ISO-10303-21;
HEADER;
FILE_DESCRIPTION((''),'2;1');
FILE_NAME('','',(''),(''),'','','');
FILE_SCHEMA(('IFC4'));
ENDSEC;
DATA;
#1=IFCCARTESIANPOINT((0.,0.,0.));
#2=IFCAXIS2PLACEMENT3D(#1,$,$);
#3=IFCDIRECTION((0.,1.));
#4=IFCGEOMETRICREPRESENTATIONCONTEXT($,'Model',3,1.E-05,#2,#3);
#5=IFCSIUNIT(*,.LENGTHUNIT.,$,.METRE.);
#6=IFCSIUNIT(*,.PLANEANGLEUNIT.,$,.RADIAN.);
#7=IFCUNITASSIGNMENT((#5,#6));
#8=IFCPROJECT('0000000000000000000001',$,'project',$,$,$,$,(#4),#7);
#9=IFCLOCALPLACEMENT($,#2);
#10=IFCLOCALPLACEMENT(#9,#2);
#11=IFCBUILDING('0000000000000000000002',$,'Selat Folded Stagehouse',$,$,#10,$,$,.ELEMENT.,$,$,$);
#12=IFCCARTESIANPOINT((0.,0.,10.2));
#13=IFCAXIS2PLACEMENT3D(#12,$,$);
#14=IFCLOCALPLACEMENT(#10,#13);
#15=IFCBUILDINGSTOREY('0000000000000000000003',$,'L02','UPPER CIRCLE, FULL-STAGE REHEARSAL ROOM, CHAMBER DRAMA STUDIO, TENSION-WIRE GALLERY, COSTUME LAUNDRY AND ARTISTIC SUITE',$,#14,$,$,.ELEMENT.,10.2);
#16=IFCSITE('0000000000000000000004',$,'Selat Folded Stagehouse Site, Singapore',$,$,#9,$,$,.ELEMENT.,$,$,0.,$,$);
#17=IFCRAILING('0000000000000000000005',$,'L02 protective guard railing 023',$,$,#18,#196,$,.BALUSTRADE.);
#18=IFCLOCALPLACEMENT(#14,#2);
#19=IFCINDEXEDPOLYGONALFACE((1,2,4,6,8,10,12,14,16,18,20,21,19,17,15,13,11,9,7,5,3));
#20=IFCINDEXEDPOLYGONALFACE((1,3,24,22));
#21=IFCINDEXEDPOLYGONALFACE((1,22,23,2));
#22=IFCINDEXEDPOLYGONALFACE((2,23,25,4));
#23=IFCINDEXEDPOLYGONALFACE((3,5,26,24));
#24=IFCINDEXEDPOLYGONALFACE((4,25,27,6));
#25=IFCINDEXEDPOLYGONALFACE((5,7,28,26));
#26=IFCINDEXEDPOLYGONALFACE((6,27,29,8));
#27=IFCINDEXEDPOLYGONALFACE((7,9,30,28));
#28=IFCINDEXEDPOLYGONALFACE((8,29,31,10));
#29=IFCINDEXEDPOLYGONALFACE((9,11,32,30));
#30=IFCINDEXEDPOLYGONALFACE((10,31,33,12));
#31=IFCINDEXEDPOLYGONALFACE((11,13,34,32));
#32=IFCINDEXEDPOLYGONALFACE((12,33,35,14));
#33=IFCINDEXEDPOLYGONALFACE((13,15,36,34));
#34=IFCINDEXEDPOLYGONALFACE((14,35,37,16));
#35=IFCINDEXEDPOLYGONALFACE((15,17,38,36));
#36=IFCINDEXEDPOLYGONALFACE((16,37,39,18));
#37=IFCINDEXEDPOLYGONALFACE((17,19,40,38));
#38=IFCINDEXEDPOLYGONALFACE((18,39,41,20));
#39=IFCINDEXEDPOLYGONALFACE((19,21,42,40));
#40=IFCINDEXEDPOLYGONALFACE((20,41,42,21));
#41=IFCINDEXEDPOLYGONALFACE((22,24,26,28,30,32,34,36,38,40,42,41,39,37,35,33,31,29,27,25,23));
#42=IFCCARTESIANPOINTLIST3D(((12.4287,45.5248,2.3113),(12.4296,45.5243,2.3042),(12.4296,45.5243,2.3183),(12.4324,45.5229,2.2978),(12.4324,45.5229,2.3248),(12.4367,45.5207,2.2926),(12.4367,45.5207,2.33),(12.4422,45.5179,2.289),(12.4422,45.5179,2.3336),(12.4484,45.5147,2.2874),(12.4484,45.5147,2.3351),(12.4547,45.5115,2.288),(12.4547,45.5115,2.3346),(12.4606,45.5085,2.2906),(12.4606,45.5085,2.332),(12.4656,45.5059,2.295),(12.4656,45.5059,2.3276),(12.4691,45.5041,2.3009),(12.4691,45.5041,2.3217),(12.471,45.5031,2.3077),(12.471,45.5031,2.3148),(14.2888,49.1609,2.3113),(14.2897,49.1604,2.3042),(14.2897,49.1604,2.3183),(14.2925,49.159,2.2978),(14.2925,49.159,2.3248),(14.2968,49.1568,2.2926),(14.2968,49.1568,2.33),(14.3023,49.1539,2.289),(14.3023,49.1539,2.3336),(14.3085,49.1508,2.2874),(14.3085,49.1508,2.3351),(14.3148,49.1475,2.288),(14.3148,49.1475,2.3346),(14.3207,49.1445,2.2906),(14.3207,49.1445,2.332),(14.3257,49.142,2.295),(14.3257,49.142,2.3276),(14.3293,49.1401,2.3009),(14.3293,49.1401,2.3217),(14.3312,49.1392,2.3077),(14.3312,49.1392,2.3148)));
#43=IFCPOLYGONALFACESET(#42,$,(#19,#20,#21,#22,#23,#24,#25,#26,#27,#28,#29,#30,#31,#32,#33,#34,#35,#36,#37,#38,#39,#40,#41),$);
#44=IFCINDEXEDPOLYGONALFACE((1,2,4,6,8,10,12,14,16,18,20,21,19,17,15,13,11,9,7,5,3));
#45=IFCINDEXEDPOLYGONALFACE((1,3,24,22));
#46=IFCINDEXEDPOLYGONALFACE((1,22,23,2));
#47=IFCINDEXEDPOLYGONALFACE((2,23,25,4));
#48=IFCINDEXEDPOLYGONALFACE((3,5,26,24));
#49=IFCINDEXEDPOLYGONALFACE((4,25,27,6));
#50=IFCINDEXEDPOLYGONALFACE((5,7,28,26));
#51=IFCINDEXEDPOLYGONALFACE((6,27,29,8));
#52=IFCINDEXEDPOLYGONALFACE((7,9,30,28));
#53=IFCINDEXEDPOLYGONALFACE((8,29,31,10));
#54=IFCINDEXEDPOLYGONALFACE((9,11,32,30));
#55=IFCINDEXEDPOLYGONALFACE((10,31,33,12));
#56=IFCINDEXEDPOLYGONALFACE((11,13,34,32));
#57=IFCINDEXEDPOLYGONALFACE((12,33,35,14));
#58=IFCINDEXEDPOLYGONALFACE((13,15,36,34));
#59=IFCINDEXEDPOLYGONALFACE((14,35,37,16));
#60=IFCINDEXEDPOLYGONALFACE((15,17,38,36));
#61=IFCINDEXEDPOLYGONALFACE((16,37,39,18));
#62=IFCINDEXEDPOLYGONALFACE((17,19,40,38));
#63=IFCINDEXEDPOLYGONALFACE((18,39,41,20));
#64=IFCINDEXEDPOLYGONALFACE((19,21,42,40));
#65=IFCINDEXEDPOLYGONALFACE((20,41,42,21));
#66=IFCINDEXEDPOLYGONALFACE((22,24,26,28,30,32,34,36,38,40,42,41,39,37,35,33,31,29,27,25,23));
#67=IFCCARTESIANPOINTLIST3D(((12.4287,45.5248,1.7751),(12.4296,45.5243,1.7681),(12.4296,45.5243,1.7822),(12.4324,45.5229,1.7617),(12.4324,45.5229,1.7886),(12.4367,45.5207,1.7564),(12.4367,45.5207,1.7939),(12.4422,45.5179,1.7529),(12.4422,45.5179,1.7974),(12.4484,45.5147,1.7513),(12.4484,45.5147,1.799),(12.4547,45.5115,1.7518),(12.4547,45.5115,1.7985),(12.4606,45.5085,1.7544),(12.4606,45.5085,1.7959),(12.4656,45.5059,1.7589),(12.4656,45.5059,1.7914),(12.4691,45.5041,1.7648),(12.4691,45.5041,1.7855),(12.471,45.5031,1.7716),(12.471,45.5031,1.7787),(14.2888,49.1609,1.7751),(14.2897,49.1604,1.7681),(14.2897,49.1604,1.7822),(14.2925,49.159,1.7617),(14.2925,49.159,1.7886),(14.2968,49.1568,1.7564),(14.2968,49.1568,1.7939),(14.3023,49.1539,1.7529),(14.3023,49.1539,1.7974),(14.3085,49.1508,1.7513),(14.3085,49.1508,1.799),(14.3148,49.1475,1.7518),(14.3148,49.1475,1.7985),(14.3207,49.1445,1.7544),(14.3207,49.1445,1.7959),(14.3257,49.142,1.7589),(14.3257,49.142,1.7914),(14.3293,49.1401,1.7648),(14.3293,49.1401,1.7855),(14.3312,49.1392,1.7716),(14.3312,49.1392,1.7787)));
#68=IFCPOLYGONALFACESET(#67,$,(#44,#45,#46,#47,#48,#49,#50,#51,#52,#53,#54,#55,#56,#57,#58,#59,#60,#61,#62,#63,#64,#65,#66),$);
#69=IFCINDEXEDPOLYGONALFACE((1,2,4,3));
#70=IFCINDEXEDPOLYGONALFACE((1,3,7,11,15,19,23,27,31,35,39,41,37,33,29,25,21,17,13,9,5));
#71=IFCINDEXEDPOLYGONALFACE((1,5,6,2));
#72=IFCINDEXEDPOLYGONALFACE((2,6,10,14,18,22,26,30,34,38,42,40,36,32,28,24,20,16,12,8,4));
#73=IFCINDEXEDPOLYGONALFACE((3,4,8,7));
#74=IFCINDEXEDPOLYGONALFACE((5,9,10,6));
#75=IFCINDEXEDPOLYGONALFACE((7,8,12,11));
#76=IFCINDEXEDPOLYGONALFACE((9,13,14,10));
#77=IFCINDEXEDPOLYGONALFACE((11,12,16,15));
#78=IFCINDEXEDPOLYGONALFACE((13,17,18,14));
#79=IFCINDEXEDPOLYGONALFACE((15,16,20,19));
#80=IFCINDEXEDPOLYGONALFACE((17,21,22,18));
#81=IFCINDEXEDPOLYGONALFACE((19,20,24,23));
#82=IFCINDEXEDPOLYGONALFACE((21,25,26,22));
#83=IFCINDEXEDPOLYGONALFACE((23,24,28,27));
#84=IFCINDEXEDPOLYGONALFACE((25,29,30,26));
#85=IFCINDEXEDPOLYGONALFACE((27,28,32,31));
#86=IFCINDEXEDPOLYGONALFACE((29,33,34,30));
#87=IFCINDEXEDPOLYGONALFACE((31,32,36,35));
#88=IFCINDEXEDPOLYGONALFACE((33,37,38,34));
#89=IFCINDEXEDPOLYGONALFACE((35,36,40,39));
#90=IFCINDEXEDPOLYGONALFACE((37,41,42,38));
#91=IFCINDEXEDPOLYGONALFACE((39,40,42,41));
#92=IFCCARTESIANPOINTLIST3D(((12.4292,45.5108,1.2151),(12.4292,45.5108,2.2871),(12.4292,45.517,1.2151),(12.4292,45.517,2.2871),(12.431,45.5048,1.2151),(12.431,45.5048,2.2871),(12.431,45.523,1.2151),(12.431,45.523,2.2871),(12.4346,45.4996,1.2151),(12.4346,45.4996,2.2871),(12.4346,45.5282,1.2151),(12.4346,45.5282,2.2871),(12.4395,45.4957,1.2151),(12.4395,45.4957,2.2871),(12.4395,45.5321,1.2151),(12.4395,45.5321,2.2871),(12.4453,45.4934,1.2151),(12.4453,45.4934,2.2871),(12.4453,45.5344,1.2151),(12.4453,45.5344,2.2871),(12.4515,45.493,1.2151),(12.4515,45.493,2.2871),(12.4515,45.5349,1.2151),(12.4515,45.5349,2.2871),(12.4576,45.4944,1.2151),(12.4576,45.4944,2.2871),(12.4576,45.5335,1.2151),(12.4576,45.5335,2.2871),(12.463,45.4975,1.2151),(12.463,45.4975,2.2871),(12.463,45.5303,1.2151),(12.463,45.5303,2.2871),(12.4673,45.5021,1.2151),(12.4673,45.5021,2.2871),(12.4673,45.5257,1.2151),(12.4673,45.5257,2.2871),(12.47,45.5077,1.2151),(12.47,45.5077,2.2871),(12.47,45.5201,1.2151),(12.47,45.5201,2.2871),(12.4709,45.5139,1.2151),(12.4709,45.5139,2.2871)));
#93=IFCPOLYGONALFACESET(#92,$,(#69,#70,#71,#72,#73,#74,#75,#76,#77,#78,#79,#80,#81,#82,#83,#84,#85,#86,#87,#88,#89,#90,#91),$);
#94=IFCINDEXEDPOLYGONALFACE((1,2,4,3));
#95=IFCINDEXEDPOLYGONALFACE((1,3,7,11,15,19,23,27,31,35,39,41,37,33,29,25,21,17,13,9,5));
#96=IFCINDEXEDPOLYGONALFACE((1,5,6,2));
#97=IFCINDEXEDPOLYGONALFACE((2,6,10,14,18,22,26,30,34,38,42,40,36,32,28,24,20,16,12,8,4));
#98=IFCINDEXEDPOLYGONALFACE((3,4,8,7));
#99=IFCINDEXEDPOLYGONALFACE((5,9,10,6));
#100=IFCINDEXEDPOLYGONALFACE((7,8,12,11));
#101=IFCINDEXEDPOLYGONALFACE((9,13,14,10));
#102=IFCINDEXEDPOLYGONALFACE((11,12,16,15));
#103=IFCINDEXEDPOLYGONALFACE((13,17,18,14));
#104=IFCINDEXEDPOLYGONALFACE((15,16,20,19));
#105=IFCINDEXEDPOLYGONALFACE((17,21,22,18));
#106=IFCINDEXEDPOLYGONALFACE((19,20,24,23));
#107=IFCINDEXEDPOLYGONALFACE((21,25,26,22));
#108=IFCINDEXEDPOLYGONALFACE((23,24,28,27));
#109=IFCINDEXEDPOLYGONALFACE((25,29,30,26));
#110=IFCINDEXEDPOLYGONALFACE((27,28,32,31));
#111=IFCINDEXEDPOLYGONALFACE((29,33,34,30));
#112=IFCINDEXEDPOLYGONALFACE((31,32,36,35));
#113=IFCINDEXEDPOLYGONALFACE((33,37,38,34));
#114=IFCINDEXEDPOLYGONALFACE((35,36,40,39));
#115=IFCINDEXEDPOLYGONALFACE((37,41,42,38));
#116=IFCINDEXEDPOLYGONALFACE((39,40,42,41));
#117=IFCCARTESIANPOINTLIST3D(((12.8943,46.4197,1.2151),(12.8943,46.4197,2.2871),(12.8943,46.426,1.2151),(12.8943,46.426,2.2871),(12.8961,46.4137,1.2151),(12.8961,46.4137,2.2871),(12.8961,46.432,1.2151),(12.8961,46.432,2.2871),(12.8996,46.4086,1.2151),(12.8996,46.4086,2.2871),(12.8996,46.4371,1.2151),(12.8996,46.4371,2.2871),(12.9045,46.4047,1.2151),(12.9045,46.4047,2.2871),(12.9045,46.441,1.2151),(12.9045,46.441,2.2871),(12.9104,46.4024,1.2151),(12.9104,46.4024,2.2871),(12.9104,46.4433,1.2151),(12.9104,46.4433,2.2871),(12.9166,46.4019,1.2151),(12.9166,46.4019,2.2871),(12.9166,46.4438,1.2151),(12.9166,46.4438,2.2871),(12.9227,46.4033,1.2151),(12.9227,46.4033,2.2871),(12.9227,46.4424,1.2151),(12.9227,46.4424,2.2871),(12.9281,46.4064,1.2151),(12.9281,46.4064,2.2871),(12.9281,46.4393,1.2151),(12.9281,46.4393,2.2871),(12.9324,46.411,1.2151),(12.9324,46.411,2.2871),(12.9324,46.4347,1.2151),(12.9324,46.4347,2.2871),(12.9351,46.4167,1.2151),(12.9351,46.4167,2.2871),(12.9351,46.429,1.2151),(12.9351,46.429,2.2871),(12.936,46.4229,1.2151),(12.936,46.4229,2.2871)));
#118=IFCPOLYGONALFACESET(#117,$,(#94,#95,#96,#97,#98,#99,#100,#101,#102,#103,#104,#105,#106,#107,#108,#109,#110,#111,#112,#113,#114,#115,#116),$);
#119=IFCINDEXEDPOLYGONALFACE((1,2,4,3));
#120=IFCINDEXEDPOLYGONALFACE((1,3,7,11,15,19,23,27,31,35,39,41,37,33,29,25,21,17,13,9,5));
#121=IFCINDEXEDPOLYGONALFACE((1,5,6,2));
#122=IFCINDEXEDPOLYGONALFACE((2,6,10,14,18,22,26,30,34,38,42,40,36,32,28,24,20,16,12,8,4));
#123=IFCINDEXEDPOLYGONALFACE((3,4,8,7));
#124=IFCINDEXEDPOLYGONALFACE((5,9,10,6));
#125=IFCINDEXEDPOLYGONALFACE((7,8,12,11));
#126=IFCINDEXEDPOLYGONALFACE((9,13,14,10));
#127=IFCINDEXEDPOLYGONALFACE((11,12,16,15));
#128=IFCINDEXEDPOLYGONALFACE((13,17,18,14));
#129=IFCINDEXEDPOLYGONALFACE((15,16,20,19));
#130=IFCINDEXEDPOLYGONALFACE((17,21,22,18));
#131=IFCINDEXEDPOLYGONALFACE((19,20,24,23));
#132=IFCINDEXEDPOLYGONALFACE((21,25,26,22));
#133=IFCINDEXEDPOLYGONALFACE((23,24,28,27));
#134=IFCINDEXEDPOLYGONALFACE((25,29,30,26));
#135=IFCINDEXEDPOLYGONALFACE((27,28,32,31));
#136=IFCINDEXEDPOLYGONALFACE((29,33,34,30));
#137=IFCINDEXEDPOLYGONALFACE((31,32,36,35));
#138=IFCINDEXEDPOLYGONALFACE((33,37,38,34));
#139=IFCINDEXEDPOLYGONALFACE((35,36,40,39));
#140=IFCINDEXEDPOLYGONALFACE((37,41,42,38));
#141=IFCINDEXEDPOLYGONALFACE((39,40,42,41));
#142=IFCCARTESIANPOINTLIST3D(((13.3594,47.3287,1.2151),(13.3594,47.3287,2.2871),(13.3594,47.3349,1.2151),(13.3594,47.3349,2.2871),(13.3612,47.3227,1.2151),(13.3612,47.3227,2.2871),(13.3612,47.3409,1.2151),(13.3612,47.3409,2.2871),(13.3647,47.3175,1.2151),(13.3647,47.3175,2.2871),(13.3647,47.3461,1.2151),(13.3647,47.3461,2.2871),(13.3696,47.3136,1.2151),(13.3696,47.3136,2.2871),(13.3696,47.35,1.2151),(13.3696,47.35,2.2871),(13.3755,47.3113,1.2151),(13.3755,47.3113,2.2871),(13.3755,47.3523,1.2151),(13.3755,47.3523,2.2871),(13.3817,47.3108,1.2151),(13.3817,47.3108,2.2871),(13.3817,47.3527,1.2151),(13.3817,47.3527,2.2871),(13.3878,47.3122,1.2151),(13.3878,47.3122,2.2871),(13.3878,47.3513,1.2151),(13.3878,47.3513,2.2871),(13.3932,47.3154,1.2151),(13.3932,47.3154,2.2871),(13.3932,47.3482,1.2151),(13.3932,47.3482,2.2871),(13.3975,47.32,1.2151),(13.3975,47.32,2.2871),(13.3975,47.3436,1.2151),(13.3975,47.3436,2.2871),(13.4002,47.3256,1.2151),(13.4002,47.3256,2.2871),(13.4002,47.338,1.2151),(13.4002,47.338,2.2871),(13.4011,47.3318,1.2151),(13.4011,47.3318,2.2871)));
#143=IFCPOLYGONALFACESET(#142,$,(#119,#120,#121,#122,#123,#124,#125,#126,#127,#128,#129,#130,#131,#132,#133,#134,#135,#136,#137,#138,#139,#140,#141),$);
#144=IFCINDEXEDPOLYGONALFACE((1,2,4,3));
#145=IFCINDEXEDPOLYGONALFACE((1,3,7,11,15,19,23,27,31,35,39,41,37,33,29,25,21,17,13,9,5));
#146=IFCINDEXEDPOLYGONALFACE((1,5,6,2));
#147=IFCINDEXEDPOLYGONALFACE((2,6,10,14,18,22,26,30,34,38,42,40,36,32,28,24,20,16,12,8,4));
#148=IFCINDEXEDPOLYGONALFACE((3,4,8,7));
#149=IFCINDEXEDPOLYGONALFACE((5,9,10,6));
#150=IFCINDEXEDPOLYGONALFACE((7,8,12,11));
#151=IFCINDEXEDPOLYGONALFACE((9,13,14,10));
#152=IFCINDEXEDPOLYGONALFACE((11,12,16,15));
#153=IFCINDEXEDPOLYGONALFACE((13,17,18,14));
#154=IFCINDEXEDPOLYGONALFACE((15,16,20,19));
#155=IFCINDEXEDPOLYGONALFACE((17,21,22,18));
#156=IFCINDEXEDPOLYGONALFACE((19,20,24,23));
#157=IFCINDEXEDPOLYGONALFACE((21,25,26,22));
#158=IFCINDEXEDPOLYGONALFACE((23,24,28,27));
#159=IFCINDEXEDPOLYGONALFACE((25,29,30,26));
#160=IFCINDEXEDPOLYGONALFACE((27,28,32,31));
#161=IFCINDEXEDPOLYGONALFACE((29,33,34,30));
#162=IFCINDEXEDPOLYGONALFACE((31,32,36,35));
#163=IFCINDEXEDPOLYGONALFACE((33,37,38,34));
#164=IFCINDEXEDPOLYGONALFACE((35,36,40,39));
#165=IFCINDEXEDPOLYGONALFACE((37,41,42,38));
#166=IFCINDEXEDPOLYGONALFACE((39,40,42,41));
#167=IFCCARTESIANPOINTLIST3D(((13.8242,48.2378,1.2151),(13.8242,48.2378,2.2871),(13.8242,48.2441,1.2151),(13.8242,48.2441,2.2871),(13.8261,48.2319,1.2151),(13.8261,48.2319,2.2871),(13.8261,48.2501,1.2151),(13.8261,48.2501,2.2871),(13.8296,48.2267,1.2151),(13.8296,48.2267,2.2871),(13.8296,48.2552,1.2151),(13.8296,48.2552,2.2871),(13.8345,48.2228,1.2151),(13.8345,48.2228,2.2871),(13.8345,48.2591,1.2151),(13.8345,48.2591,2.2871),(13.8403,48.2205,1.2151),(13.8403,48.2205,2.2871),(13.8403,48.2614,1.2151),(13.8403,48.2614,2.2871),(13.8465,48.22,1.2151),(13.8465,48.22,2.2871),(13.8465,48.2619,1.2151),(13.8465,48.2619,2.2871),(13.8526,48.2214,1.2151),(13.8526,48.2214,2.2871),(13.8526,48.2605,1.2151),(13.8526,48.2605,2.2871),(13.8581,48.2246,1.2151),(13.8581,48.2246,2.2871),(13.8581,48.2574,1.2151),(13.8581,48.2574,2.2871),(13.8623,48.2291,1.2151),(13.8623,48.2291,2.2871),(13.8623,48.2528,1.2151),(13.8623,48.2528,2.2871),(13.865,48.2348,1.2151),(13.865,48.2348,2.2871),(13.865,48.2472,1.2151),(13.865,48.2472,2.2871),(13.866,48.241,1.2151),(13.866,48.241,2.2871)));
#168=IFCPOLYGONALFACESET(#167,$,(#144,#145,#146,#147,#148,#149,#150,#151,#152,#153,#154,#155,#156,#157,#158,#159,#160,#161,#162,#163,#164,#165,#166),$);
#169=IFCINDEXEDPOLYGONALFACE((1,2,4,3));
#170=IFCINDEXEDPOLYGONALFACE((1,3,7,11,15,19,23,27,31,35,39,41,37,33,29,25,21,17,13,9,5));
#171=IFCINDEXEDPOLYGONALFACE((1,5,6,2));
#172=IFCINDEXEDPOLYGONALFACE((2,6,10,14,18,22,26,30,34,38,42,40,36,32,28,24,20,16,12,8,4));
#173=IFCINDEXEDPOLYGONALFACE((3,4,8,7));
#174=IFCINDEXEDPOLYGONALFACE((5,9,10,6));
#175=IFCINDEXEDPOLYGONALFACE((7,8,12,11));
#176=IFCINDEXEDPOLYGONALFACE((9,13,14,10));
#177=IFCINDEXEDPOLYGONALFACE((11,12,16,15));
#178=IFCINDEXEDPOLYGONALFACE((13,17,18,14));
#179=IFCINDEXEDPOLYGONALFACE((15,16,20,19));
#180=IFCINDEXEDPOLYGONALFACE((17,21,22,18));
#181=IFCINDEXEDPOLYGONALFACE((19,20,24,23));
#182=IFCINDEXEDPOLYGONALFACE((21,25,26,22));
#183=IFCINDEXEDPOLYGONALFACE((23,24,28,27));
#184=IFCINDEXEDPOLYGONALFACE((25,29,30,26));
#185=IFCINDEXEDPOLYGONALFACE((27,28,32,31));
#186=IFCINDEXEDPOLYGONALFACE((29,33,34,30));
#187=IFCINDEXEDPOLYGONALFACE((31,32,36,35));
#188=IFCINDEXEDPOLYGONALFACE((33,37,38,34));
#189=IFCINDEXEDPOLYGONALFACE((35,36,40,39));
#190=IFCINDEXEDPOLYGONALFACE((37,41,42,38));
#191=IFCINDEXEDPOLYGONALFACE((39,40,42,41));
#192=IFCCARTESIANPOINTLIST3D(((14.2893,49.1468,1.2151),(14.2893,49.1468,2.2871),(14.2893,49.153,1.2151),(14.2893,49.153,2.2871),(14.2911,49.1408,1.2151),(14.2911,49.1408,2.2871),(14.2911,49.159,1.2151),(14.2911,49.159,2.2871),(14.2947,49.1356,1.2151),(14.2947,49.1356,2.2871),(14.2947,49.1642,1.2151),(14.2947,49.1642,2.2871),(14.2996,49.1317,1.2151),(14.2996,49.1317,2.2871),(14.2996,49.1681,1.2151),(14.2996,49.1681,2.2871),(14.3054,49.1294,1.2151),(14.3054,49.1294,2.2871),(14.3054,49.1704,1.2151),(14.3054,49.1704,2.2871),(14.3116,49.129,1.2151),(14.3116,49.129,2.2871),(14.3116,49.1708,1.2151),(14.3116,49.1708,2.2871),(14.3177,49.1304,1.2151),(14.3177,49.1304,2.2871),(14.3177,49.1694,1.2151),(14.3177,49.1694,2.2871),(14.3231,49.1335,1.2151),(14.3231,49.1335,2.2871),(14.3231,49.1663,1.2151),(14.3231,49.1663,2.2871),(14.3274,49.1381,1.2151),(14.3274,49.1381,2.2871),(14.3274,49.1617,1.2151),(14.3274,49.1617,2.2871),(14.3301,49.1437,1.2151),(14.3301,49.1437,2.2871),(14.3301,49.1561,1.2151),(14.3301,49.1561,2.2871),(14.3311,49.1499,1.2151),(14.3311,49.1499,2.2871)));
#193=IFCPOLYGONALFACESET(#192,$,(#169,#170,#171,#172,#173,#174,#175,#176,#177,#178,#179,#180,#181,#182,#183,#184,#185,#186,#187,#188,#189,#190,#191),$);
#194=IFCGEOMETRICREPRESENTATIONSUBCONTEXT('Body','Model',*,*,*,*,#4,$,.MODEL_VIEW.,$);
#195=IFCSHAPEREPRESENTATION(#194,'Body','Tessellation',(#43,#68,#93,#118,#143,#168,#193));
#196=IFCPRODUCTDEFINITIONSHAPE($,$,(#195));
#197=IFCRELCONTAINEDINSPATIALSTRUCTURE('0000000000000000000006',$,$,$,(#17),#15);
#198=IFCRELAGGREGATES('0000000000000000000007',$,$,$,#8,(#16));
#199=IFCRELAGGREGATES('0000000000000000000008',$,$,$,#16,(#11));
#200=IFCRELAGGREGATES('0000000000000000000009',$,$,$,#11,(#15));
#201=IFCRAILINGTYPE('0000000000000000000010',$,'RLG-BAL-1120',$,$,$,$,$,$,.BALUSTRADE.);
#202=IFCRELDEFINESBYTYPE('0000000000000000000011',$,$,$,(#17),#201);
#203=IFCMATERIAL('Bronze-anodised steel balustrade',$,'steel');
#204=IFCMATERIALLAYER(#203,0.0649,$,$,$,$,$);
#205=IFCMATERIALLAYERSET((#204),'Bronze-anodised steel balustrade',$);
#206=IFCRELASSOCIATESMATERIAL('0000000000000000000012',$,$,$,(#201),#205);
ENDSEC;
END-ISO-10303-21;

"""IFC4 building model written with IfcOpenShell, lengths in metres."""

from ifc_helpers import new_model, si_unit, direction, frame, origin, origin_2d, place, context, subcontext, project, spatial, circle, extrude, material, layer, layer_set, type_object, element, save


model = new_model("IFC4")

# Units and contexts
model_context = context("Model", 3, precision=1e-05, world=origin(), true_north=direction((0.0, 1.0)))
body_context = subcontext(model_context, "Body", "Model", "MODEL_VIEW")
ifc_project = project(units=[si_unit("LENGTHUNIT", "METRE"), si_unit("PLANEANGLEUNIT", "RADIAN")], contexts=[model_context])

# Site, building, storey
site_placement = place(None, origin())
site = spatial("IfcSite", under=ifc_project, at=site_placement, Name="Selat Folded Stagehouse Site, Singapore", CompositionType="ELEMENT", RefElevation=0.0)
building_placement = place(site_placement, origin())
building = spatial("IfcBuilding", under=site, at=building_placement, Name="Selat Folded Stagehouse", CompositionType="ELEMENT")
storey_placement = place(building_placement, frame((0.0, 0.0, 10.2)))
storey = spatial("IfcBuildingStorey", under=building, at=storey_placement, Name="L02", Description="UPPER CIRCLE, FULL-STAGE REHEARSAL ROOM, CHAMBER DRAMA STUDIO, TENSION-WIRE GALLERY, COSTUME LAUNDRY AND ARTISTIC SUITE", CompositionType="ELEMENT", Elevation=10.2)

# Railing
ifc_material_1 = material(Name="Bronze-anodised steel balustrade", Category="steel")
ifc_layer_1 = layer(ifc_material_1, 0.0649)
ifc_layer_set_1 = layer_set([ifc_layer_1], Name="Bronze-anodised steel balustrade")
railing_type = type_object("IfcRailingType", Name="RLG-BAL-1120", PredefinedType="BALUSTRADE", material=ifc_layer_set_1)
railing_1_placement = place(storey_placement, frame((12.45, 45.5139, 1.2151)))
element("IfcRailing", 1, at=railing_1_placement, inside=storey, type_object=railing_type, Name="L02 protective guard railing 023", PredefinedType="BALUSTRADE", context=body_context, shape_type="SweptSolid", body=[
    extrude(circle(Radius=0.0239, at=origin_2d()), frame((0.0, 0.0, 1.0962), z_axis=(0.455444, 0.890265, 0.0), x_axis=(-0.890265, 0.455444, 0.0)), (0.0, 0.0, 1.0), 4.0842),
    extrude(circle(Radius=0.0239, at=origin_2d()), frame((0.0, 0.0, 0.5601), z_axis=(0.455444, 0.890265, 0.0), x_axis=(-0.890265, 0.455444, 0.0)), (0.0, 0.0, 1.0), 4.0842),
    extrude(circle(Radius=0.021, at=origin_2d()), origin(), (0.0, 0.0, 1.0), 1.072),
    extrude(circle(Radius=0.021, at=origin_2d()), frame((0.4651, 0.9089, 0.0)), (0.0, 0.0, 1.0), 1.072),
    extrude(circle(Radius=0.021, at=origin_2d()), frame((0.9302, 1.8179, 0.0)), (0.0, 0.0, 1.0), 1.072),
    extrude(circle(Radius=0.021, at=origin_2d()), frame((1.395, 2.7271, 0.0)), (0.0, 0.0, 1.0), 1.072),
    extrude(circle(Radius=0.021, at=origin_2d()), frame((1.8601, 3.636, 0.0)), (0.0, 0.0, 1.0), 1.072),
])

save(model, "model.ifc")
